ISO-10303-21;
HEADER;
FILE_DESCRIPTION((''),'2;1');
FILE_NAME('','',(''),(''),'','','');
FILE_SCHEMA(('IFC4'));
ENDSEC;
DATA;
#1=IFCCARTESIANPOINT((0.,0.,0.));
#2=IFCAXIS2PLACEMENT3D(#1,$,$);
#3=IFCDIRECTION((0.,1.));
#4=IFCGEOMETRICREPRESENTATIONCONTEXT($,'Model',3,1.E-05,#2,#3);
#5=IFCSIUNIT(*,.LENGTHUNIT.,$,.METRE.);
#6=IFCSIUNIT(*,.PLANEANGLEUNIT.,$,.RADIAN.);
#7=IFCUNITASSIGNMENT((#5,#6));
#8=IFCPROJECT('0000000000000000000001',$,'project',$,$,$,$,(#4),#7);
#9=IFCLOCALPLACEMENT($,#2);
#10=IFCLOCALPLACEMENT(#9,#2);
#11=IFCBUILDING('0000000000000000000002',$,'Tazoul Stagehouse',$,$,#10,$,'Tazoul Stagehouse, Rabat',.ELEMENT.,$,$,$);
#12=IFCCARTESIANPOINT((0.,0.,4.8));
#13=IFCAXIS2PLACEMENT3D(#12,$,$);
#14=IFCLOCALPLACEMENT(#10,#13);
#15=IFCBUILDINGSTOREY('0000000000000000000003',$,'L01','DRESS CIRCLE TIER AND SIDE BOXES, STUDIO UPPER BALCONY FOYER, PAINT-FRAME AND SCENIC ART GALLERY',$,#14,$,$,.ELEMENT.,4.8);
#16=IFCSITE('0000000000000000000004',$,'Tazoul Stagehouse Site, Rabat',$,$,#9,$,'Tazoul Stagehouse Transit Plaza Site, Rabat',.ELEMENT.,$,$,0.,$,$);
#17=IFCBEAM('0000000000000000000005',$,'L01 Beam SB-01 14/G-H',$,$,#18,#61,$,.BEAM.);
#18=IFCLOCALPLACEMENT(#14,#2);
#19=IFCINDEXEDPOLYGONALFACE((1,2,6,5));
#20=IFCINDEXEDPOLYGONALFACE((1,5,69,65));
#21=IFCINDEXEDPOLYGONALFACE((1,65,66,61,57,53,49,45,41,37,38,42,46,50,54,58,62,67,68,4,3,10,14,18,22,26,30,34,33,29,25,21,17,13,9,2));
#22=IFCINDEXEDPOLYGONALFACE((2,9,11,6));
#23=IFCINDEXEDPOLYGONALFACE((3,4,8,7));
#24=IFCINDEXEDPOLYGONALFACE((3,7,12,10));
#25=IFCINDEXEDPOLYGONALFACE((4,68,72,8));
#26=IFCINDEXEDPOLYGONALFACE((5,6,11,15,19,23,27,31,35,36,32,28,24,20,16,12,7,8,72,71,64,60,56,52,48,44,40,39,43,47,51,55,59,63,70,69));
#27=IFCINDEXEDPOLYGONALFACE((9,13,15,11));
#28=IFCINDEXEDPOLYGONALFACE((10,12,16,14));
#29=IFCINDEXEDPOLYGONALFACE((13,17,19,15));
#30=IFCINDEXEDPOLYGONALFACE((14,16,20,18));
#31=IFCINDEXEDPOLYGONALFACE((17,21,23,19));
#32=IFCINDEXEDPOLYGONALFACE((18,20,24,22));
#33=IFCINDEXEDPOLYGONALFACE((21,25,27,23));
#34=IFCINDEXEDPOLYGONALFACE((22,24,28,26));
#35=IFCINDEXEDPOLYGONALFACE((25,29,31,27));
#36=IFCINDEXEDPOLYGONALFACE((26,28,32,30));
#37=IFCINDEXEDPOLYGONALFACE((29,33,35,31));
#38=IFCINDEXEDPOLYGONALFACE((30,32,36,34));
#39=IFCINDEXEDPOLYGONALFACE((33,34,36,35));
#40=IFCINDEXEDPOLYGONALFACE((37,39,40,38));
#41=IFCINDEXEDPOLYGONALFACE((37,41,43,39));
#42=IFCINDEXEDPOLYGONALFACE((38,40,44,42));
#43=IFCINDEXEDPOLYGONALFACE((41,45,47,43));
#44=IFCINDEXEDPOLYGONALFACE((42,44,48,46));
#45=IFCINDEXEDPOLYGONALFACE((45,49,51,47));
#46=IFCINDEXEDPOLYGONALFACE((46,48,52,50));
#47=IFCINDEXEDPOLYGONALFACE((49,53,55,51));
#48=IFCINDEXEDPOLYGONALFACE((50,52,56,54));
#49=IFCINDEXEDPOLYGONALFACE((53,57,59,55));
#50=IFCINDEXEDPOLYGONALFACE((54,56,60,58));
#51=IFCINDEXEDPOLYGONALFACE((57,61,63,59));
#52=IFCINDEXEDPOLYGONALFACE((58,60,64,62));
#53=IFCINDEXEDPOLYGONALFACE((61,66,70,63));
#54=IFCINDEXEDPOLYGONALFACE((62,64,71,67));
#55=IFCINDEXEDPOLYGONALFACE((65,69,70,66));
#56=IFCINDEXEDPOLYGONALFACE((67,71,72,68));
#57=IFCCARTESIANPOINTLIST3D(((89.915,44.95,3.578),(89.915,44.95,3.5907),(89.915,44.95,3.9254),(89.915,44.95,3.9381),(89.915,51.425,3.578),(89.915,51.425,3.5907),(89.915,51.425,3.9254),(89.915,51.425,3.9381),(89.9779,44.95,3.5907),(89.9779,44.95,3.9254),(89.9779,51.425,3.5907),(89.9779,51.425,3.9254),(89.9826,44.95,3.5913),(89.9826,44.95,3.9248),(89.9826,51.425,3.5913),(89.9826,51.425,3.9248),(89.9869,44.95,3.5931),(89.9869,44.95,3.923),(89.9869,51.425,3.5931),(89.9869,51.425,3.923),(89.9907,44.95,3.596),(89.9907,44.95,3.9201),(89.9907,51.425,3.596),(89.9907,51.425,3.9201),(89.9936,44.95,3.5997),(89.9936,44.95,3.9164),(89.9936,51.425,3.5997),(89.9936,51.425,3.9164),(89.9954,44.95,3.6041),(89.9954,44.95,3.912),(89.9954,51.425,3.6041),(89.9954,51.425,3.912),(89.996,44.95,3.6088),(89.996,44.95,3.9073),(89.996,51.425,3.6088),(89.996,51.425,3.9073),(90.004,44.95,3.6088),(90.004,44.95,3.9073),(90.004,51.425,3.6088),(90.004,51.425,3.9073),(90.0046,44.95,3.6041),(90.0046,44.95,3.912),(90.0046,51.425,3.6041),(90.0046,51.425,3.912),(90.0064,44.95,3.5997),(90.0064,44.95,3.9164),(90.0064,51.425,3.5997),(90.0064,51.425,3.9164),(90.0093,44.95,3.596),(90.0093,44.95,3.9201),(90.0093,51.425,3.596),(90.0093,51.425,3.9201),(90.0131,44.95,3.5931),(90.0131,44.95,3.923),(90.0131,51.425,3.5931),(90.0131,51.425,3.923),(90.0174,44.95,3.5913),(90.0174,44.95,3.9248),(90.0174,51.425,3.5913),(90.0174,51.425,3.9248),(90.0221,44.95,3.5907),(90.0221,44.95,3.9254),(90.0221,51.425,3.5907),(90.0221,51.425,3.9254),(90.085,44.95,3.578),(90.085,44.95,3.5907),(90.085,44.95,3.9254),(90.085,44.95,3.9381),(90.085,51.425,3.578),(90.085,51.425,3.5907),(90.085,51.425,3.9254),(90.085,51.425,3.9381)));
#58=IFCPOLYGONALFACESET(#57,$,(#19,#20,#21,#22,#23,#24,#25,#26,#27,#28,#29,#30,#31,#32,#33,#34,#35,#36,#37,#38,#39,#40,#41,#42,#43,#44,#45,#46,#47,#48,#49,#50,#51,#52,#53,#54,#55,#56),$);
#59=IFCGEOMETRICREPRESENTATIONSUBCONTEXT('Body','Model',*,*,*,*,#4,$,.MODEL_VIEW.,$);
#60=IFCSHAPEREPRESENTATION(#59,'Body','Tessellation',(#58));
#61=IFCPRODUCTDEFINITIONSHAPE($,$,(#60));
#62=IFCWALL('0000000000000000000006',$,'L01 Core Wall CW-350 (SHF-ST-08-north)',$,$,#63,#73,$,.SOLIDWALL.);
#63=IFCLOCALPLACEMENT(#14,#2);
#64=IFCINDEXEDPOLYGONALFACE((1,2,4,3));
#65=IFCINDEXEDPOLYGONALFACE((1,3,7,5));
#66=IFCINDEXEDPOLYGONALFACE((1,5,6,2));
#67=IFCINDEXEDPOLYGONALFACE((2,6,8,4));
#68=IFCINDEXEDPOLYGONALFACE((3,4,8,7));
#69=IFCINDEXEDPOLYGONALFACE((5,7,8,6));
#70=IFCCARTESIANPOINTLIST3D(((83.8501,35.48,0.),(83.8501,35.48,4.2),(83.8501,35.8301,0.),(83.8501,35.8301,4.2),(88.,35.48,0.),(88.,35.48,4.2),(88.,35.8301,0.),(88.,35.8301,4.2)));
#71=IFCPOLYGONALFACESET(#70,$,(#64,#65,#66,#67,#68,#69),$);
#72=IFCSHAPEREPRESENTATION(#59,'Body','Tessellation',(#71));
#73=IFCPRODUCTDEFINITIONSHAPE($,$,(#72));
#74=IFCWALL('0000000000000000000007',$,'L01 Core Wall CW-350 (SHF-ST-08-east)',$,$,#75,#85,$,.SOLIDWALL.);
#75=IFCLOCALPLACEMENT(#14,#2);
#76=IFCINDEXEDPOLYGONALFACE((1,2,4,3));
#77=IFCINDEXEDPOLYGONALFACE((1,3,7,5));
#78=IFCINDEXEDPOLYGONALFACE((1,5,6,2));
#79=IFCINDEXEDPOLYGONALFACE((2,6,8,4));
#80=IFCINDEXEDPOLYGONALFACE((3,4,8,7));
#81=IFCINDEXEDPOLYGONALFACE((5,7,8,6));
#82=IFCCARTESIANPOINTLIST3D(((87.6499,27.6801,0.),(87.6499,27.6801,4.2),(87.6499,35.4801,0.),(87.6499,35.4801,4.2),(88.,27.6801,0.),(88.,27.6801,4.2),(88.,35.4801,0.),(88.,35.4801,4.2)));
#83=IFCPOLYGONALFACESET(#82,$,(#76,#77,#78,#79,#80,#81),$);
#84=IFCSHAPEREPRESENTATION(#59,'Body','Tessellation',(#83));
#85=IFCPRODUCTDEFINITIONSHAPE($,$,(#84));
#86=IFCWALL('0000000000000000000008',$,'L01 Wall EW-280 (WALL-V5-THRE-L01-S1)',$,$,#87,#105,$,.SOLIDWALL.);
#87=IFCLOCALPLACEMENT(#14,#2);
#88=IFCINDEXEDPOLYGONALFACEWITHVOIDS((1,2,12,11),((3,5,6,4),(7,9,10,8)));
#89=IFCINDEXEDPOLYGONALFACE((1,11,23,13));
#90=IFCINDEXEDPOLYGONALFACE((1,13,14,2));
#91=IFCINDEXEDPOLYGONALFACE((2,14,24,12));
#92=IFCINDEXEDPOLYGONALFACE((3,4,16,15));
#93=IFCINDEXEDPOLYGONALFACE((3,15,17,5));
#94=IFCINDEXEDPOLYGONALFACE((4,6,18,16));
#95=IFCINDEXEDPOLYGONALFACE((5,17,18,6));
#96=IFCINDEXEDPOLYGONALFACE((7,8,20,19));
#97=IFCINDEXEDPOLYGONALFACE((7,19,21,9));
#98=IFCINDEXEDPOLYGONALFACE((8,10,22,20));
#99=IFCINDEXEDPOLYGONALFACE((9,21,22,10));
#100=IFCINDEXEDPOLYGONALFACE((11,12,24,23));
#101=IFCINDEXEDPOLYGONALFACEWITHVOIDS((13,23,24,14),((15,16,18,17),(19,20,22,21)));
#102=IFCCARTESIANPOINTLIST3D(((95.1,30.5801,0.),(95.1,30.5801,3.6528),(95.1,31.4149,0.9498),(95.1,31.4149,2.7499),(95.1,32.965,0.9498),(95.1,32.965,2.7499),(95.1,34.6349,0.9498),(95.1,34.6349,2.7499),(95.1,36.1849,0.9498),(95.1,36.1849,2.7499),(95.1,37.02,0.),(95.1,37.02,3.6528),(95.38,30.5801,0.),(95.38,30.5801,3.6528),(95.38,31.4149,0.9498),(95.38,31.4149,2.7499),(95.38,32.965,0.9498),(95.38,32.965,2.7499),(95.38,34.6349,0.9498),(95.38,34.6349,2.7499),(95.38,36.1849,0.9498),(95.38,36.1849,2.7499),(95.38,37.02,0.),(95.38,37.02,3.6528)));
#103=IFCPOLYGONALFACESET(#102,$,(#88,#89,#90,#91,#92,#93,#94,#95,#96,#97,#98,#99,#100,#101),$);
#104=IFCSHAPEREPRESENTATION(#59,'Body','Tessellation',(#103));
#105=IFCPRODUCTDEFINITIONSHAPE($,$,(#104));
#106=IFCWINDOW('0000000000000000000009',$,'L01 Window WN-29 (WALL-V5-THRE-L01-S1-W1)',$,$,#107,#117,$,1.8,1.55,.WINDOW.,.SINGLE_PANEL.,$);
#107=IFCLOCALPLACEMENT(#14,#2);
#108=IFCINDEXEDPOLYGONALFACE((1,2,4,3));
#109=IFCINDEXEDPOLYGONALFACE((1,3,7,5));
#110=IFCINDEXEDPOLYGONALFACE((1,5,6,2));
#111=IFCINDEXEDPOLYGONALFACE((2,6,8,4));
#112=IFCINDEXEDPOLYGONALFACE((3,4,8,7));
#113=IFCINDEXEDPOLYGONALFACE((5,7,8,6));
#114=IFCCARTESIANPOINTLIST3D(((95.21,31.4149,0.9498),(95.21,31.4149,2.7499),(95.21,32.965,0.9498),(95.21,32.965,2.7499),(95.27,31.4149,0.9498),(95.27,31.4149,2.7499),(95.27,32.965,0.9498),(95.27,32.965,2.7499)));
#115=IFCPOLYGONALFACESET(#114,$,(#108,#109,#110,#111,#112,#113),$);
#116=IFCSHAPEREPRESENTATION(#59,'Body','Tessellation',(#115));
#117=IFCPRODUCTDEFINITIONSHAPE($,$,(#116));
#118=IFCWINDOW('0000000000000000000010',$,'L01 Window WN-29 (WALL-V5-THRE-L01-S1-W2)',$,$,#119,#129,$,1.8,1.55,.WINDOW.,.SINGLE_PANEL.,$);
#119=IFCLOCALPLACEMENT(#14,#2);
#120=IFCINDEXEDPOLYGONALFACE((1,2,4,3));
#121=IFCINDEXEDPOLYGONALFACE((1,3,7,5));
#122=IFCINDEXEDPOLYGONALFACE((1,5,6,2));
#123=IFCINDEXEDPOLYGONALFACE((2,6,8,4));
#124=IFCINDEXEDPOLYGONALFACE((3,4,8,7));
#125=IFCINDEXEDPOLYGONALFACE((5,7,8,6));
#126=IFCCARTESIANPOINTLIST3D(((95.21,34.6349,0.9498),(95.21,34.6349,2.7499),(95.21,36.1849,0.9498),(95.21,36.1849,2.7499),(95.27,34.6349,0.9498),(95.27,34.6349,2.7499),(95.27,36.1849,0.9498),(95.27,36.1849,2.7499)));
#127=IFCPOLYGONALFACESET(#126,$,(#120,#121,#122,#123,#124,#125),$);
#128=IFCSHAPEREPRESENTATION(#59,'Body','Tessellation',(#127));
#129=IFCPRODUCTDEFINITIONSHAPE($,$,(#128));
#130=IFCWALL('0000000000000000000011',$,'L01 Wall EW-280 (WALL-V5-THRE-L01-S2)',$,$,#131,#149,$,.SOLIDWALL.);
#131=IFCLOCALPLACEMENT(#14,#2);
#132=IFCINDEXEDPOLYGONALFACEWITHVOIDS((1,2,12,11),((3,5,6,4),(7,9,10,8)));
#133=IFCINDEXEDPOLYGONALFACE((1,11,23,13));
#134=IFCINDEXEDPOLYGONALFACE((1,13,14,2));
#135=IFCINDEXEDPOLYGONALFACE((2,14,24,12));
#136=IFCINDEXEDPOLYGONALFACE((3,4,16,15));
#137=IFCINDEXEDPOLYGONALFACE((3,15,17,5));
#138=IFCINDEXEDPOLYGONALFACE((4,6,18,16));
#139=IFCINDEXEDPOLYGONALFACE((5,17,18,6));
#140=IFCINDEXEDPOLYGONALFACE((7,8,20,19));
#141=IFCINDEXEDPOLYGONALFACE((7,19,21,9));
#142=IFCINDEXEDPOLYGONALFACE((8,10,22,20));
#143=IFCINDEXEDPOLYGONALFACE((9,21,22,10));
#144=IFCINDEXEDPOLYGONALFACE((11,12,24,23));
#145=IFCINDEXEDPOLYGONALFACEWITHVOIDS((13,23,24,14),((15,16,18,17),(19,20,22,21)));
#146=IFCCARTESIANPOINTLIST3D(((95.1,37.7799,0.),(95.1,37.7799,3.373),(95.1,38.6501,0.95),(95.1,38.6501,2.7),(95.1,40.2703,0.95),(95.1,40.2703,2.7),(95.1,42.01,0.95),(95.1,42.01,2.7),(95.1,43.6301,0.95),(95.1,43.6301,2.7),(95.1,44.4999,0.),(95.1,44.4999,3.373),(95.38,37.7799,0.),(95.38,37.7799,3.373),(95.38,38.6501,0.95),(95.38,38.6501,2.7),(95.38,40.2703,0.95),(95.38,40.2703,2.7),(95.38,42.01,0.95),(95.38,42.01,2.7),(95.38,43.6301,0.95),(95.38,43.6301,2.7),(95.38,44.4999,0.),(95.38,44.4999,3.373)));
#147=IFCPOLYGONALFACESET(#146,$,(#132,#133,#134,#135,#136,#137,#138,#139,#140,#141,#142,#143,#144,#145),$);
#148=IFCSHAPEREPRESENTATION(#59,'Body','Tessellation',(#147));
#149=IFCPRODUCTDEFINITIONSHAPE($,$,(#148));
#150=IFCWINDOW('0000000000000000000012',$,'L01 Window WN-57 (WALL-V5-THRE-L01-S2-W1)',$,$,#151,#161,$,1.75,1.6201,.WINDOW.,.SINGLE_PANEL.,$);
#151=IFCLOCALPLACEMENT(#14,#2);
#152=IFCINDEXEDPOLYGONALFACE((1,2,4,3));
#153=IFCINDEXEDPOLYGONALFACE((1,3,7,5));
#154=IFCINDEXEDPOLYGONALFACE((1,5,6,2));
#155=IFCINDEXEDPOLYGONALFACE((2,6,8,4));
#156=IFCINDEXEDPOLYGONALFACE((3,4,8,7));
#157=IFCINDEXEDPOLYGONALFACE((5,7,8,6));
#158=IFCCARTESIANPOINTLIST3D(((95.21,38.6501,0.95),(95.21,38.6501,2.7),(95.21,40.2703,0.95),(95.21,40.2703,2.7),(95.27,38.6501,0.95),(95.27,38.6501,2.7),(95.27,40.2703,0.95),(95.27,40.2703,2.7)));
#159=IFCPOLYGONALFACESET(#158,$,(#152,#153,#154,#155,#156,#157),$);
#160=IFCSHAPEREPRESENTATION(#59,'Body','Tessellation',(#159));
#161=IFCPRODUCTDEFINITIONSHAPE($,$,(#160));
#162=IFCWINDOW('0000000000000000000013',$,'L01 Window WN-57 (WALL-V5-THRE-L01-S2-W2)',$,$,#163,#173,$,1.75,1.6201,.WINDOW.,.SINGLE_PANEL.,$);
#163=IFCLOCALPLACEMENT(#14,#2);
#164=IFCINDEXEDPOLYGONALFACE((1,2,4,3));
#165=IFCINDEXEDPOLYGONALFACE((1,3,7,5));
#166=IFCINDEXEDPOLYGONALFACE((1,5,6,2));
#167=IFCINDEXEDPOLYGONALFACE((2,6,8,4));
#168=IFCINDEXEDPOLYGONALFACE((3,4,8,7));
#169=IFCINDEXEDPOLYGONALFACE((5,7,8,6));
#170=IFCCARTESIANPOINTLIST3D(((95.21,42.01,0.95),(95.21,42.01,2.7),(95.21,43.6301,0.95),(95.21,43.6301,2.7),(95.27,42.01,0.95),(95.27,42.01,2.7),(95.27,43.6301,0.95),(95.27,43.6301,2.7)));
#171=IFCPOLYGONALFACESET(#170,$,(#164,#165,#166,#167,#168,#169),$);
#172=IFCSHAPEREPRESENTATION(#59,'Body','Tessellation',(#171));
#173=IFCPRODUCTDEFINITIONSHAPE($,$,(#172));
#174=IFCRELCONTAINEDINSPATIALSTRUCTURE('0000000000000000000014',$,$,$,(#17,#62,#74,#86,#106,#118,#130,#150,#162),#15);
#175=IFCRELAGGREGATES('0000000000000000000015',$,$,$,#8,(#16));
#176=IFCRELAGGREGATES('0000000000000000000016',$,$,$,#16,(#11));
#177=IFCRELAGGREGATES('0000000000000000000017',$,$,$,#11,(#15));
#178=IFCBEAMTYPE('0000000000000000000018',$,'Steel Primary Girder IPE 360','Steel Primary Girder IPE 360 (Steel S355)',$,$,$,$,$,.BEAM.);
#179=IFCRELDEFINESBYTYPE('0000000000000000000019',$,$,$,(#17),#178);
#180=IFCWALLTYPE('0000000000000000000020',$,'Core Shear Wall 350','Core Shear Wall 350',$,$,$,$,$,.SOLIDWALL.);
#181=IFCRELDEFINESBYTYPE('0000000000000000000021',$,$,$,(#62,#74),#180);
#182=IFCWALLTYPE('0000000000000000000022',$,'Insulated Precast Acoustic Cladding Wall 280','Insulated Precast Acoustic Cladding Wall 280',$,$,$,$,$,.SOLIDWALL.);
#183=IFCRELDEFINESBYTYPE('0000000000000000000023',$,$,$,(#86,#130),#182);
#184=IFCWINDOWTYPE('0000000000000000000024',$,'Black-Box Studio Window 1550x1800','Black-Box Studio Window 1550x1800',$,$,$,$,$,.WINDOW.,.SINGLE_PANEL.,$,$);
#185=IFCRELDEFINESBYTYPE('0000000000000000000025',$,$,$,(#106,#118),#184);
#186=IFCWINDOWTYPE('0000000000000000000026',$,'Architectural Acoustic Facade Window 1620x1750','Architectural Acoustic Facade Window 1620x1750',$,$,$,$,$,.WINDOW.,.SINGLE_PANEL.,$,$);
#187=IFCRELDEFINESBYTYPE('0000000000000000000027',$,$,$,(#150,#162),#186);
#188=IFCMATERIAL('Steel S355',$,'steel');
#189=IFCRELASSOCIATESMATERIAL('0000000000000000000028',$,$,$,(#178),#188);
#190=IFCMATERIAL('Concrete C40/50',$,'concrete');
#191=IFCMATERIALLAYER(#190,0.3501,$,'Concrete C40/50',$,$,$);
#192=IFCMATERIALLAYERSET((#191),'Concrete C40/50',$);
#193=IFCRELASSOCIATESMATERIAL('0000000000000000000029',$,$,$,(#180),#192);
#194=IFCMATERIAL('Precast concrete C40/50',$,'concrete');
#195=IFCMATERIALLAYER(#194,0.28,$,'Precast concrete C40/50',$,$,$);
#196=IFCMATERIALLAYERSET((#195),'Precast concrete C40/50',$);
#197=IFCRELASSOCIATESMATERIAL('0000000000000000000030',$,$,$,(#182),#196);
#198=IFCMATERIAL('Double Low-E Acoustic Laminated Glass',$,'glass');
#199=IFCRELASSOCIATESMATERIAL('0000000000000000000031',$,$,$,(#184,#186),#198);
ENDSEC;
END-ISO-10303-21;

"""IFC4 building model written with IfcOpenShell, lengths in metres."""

from ifc_helpers import new_model, si_unit, direction, frame, frame_2d, origin, origin_2d, place, context, subcontext, project, spatial, rectangle, i_section, extrude, material, layer, layer_set, material_profile, profile_set, type_object, element, fill, save


model = new_model("IFC4")

# Units and contexts
model_context = context("Model", 3, precision=1e-05, world=origin(), true_north=direction((0.0, 1.0)))
body_context = subcontext(model_context, "Body", "Model", "MODEL_VIEW")
ifc_project = project(units=[si_unit("LENGTHUNIT", "METRE"), si_unit("PLANEANGLEUNIT", "RADIAN")], contexts=[model_context])

# Site, building, storey
site_placement = place(None, origin())
site = spatial("IfcSite", under=ifc_project, at=site_placement, Name="Tazoul Stagehouse Site, Rabat", LongName="Tazoul Stagehouse Transit Plaza Site, Rabat", CompositionType="ELEMENT", RefElevation=0.0)
building_placement = place(site_placement, origin())
building = spatial("IfcBuilding", under=site, at=building_placement, Name="Tazoul Stagehouse", LongName="Tazoul Stagehouse, Rabat", CompositionType="ELEMENT")
storey_placement = place(building_placement, frame((0.0, 0.0, 4.8)))
storey = spatial("IfcBuildingStorey", under=building, at=storey_placement, Name="L01", Description="DRESS CIRCLE TIER AND SIDE BOXES, STUDIO UPPER BALCONY FOYER, PAINT-FRAME AND SCENIC ART GALLERY", CompositionType="ELEMENT", Elevation=4.8)

# Shared definitions
ifc_material_1 = material(Name="Concrete C40/50", Category="concrete")

# Beam
ifc_material_2 = material(Name="Steel S355", Category="steel")
ifc_material_profile_1 = material_profile(ifc_material_2, i_section(OverallWidth=0.1699, OverallDepth=0.3601, WebThickness=0.0081, FlangeThickness=0.0127, FilletRadius=0.0181, at=origin_2d()), Name="IPE 360")
ifc_profile_set_1 = profile_set([ifc_material_profile_1], Name="Steel S355")
beam_type_1 = type_object("IfcBeamType", Name="Steel Primary Girder IPE 360", Description="Steel Primary Girder IPE 360 (Steel S355)", PredefinedType="BEAM", material=ifc_profile_set_1)
beam_1_placement = place(storey_placement, frame((90.0, 44.95, 3.7581), z_axis=(0.0, 1.0, 0.0), x_axis=(-1.0, 0.0, 0.0)))
element("IfcBeam", 1, at=beam_1_placement, inside=storey, type_object=beam_type_1, Name="L01 Beam SB-01 14/G-H", PredefinedType="BEAM", context=body_context, shape_type="SweptSolid", body=[
    extrude(i_section(OverallWidth=0.1699, OverallDepth=0.3601, WebThickness=0.0081, FlangeThickness=0.0127, FilletRadius=0.0181, at=origin_2d()), origin(), (0.0, 0.0, 1.0), 6.4751),
])

# Walls
ifc_layer_1 = layer(ifc_material_1, 0.3501, Name="Concrete C40/50")
ifc_layer_set_1 = layer_set([ifc_layer_1], Name="Concrete C40/50")
wall_type_1 = type_object("IfcWallType", Name="Core Shear Wall 350", Description="Core Shear Wall 350", PredefinedType="SOLIDWALL", material=ifc_layer_set_1)
wall_1_placement = place(storey_placement, frame((83.8501, 35.655, 0.0), z_axis=(0.0, 0.0, 1.0), x_axis=(1.0, 0.0, 0.0)))
element("IfcWall", 2, at=wall_1_placement, inside=storey, type_object=wall_type_1, Name="L01 Core Wall CW-350 (SHF-ST-08-north)", PredefinedType="SOLIDWALL", context=body_context, shape_type="SweptSolid", body=[
    extrude(rectangle(XDim=4.1499, YDim=0.3501, at=frame_2d((2.075, 0.0))), origin(), (0.0, 0.0, 1.0), 4.2),
])
wall_2_placement = place(storey_placement, frame((87.825, 35.48, 0.0), z_axis=(0.0, 0.0, 1.0), x_axis=(0.0, -1.0, 0.0)))
element("IfcWall", 3, at=wall_2_placement, inside=storey, type_object=wall_type_1, Name="L01 Core Wall CW-350 (SHF-ST-08-east)", PredefinedType="SOLIDWALL", context=body_context, shape_type="SweptSolid", body=[
    extrude(rectangle(XDim=7.8, YDim=0.3501, at=frame_2d((3.8999, 0.0))), origin(), (0.0, 0.0, 1.0), 4.2),
])

# Walls, openings, windows
ifc_material_3 = material(Name="Precast concrete C40/50", Category="concrete")
ifc_layer_2 = layer(ifc_material_3, 0.28, Name="Precast concrete C40/50")
ifc_layer_set_2 = layer_set([ifc_layer_2], Name="Precast concrete C40/50")
wall_type_2 = type_object("IfcWallType", Name="Insulated Precast Acoustic Cladding Wall 280", Description="Insulated Precast Acoustic Cladding Wall 280", PredefinedType="SOLIDWALL", material=ifc_layer_set_2)
wall_3_placement = place(storey_placement, frame((95.24, 30.5801, 0.0), z_axis=(0.0, 0.0, 1.0), x_axis=(0.0, 1.0, 0.0)))
wall_3 = element("IfcWall", 4, at=wall_3_placement, inside=storey, type_object=wall_type_2, Name="L01 Wall EW-280 (WALL-V5-THRE-L01-S1)", PredefinedType="SOLIDWALL", context=body_context, shape_type="SweptSolid", body=[
    extrude(rectangle(XDim=6.4399, YDim=0.28, at=frame_2d((3.22, 0.0))), origin(), (0.0, 0.0, 1.0), 3.6528),
])
opening_1_placement = place(wall_3_placement, frame((0.835, 0.0, 0.95)))
opening_1 = element("IfcOpeningElement", 5, at=opening_1_placement, cuts=wall_3, PredefinedType="OPENING", context=body_context, shape_type="SweptSolid", body=[
    extrude(rectangle(XDim=1.55, YDim=1.8, at=frame_2d((0.7749, 0.8999))), frame((0.0, 0.1599, 0.0), z_axis=(0.0, -1.0, 0.0), x_axis=(1.0, 0.0, 0.0)), (0.0, 0.0, 1.0), 0.3201),
])
opening_2_placement = place(wall_3_placement, frame((4.0549, 0.0, 0.95)))
opening_2 = element("IfcOpeningElement", 6, at=opening_2_placement, cuts=wall_3, PredefinedType="OPENING", context=body_context, shape_type="SweptSolid", body=[
    extrude(rectangle(XDim=1.55, YDim=1.8, at=frame_2d((0.7749, 0.8999))), frame((0.0, 0.1599, 0.0), z_axis=(0.0, -1.0, 0.0), x_axis=(1.0, 0.0, 0.0)), (0.0, 0.0, 1.0), 0.3201),
])
ifc_material_4 = material(Name="Double Low-E Acoustic Laminated Glass", Category="glass")
window_type_1 = type_object("IfcWindowType", Name="Black-Box Studio Window 1550x1800", Description="Black-Box Studio Window 1550x1800", PartitioningType="SINGLE_PANEL", PredefinedType="WINDOW", material=ifc_material_4)
window_1_placement = place(opening_1_placement, origin())
window_1 = element("IfcWindow", 7, at=window_1_placement, inside=storey, type_object=window_type_1, Name="L01 Window WN-29 (WALL-V5-THRE-L01-S1-W1)", OverallHeight=1.8, OverallWidth=1.55, PartitioningType="SINGLE_PANEL", PredefinedType="WINDOW", context=body_context, shape_type="SweptSolid", body=[
    extrude(rectangle(XDim=1.55, YDim=1.8, at=frame_2d((0.7749, 0.8999))), frame((0.0, 0.03, 0.0), z_axis=(0.0, -1.0, 0.0), x_axis=(1.0, 0.0, 0.0)), (0.0, 0.0, 1.0), 0.0601),
])
fill(opening_1, window_1)
window_2_placement = place(opening_2_placement, origin())
window_2 = element("IfcWindow", 8, at=window_2_placement, inside=storey, type_object=window_type_1, Name="L01 Window WN-29 (WALL-V5-THRE-L01-S1-W2)", OverallHeight=1.8, OverallWidth=1.55, PartitioningType="SINGLE_PANEL", PredefinedType="WINDOW", context=body_context, shape_type="SweptSolid", body=[
    extrude(rectangle(XDim=1.55, YDim=1.8, at=frame_2d((0.7749, 0.8999))), frame((0.0, 0.03, 0.0), z_axis=(0.0, -1.0, 0.0), x_axis=(1.0, 0.0, 0.0)), (0.0, 0.0, 1.0), 0.0601),
])
fill(opening_2, window_2)
wall_4_placement = place(storey_placement, frame((95.24, 37.78, 0.0), z_axis=(0.0, 0.0, 1.0), x_axis=(0.0, 1.0, 0.0)))
wall_4 = element("IfcWall", 9, at=wall_4_placement, inside=storey, type_object=wall_type_2, Name="L01 Wall EW-280 (WALL-V5-THRE-L01-S2)", PredefinedType="SOLIDWALL", context=body_context, shape_type="SweptSolid", body=[
    extrude(rectangle(XDim=6.72, YDim=0.28, at=frame_2d((3.3599, 0.0))), origin(), (0.0, 0.0, 1.0), 3.373),
])
opening_3_placement = place(wall_4_placement, frame((0.8701, 0.0, 0.95)))
opening_3 = element("IfcOpeningElement", 10, at=opening_3_placement, cuts=wall_4, PredefinedType="OPENING", context=body_context, shape_type="SweptSolid", body=[
    extrude(rectangle(XDim=1.6201, YDim=1.75, at=frame_2d((0.8101, 0.875))), frame((0.0, 0.1599, 0.0), z_axis=(0.0, -1.0, 0.0), x_axis=(1.0, 0.0, 0.0)), (0.0, 0.0, 1.0), 0.3201),
])
opening_4_placement = place(wall_4_placement, frame((4.23, 0.0, 0.95)))
opening_4 = element("IfcOpeningElement", 11, at=opening_4_placement, cuts=wall_4, PredefinedType="OPENING", context=body_context, shape_type="SweptSolid", body=[
    extrude(rectangle(XDim=1.6201, YDim=1.75, at=frame_2d((0.8101, 0.875))), frame((0.0, 0.1599, 0.0), z_axis=(0.0, -1.0, 0.0), x_axis=(1.0, 0.0, 0.0)), (0.0, 0.0, 1.0), 0.3201),
])
window_type_2 = type_object("IfcWindowType", Name="Architectural Acoustic Facade Window 1620x1750", Description="Architectural Acoustic Facade Window 1620x1750", PartitioningType="SINGLE_PANEL", PredefinedType="WINDOW", material=ifc_material_4)
window_3_placement = place(opening_3_placement, origin())
window_3 = element("IfcWindow", 12, at=window_3_placement, inside=storey, type_object=window_type_2, Name="L01 Window WN-57 (WALL-V5-THRE-L01-S2-W1)", OverallHeight=1.75, OverallWidth=1.6201, PartitioningType="SINGLE_PANEL", PredefinedType="WINDOW", context=body_context, shape_type="SweptSolid", body=[
    extrude(rectangle(XDim=1.6201, YDim=1.75, at=frame_2d((0.8101, 0.875))), frame((0.0, 0.03, 0.0), z_axis=(0.0, -1.0, 0.0), x_axis=(1.0, 0.0, 0.0)), (0.0, 0.0, 1.0), 0.0601),
])
fill(opening_3, window_3)
window_4_placement = place(opening_4_placement, origin())
window_4 = element("IfcWindow", 13, at=window_4_placement, inside=storey, type_object=window_type_2, Name="L01 Window WN-57 (WALL-V5-THRE-L01-S2-W2)", OverallHeight=1.75, OverallWidth=1.6201, PartitioningType="SINGLE_PANEL", PredefinedType="WINDOW", context=body_context, shape_type="SweptSolid", body=[
    extrude(rectangle(XDim=1.6201, YDim=1.75, at=frame_2d((0.8101, 0.875))), frame((0.0, 0.03, 0.0), z_axis=(0.0, -1.0, 0.0), x_axis=(1.0, 0.0, 0.0)), (0.0, 0.0, 1.0), 0.0601),
])
fill(opening_4, window_4)

save(model, "model.ifc")
